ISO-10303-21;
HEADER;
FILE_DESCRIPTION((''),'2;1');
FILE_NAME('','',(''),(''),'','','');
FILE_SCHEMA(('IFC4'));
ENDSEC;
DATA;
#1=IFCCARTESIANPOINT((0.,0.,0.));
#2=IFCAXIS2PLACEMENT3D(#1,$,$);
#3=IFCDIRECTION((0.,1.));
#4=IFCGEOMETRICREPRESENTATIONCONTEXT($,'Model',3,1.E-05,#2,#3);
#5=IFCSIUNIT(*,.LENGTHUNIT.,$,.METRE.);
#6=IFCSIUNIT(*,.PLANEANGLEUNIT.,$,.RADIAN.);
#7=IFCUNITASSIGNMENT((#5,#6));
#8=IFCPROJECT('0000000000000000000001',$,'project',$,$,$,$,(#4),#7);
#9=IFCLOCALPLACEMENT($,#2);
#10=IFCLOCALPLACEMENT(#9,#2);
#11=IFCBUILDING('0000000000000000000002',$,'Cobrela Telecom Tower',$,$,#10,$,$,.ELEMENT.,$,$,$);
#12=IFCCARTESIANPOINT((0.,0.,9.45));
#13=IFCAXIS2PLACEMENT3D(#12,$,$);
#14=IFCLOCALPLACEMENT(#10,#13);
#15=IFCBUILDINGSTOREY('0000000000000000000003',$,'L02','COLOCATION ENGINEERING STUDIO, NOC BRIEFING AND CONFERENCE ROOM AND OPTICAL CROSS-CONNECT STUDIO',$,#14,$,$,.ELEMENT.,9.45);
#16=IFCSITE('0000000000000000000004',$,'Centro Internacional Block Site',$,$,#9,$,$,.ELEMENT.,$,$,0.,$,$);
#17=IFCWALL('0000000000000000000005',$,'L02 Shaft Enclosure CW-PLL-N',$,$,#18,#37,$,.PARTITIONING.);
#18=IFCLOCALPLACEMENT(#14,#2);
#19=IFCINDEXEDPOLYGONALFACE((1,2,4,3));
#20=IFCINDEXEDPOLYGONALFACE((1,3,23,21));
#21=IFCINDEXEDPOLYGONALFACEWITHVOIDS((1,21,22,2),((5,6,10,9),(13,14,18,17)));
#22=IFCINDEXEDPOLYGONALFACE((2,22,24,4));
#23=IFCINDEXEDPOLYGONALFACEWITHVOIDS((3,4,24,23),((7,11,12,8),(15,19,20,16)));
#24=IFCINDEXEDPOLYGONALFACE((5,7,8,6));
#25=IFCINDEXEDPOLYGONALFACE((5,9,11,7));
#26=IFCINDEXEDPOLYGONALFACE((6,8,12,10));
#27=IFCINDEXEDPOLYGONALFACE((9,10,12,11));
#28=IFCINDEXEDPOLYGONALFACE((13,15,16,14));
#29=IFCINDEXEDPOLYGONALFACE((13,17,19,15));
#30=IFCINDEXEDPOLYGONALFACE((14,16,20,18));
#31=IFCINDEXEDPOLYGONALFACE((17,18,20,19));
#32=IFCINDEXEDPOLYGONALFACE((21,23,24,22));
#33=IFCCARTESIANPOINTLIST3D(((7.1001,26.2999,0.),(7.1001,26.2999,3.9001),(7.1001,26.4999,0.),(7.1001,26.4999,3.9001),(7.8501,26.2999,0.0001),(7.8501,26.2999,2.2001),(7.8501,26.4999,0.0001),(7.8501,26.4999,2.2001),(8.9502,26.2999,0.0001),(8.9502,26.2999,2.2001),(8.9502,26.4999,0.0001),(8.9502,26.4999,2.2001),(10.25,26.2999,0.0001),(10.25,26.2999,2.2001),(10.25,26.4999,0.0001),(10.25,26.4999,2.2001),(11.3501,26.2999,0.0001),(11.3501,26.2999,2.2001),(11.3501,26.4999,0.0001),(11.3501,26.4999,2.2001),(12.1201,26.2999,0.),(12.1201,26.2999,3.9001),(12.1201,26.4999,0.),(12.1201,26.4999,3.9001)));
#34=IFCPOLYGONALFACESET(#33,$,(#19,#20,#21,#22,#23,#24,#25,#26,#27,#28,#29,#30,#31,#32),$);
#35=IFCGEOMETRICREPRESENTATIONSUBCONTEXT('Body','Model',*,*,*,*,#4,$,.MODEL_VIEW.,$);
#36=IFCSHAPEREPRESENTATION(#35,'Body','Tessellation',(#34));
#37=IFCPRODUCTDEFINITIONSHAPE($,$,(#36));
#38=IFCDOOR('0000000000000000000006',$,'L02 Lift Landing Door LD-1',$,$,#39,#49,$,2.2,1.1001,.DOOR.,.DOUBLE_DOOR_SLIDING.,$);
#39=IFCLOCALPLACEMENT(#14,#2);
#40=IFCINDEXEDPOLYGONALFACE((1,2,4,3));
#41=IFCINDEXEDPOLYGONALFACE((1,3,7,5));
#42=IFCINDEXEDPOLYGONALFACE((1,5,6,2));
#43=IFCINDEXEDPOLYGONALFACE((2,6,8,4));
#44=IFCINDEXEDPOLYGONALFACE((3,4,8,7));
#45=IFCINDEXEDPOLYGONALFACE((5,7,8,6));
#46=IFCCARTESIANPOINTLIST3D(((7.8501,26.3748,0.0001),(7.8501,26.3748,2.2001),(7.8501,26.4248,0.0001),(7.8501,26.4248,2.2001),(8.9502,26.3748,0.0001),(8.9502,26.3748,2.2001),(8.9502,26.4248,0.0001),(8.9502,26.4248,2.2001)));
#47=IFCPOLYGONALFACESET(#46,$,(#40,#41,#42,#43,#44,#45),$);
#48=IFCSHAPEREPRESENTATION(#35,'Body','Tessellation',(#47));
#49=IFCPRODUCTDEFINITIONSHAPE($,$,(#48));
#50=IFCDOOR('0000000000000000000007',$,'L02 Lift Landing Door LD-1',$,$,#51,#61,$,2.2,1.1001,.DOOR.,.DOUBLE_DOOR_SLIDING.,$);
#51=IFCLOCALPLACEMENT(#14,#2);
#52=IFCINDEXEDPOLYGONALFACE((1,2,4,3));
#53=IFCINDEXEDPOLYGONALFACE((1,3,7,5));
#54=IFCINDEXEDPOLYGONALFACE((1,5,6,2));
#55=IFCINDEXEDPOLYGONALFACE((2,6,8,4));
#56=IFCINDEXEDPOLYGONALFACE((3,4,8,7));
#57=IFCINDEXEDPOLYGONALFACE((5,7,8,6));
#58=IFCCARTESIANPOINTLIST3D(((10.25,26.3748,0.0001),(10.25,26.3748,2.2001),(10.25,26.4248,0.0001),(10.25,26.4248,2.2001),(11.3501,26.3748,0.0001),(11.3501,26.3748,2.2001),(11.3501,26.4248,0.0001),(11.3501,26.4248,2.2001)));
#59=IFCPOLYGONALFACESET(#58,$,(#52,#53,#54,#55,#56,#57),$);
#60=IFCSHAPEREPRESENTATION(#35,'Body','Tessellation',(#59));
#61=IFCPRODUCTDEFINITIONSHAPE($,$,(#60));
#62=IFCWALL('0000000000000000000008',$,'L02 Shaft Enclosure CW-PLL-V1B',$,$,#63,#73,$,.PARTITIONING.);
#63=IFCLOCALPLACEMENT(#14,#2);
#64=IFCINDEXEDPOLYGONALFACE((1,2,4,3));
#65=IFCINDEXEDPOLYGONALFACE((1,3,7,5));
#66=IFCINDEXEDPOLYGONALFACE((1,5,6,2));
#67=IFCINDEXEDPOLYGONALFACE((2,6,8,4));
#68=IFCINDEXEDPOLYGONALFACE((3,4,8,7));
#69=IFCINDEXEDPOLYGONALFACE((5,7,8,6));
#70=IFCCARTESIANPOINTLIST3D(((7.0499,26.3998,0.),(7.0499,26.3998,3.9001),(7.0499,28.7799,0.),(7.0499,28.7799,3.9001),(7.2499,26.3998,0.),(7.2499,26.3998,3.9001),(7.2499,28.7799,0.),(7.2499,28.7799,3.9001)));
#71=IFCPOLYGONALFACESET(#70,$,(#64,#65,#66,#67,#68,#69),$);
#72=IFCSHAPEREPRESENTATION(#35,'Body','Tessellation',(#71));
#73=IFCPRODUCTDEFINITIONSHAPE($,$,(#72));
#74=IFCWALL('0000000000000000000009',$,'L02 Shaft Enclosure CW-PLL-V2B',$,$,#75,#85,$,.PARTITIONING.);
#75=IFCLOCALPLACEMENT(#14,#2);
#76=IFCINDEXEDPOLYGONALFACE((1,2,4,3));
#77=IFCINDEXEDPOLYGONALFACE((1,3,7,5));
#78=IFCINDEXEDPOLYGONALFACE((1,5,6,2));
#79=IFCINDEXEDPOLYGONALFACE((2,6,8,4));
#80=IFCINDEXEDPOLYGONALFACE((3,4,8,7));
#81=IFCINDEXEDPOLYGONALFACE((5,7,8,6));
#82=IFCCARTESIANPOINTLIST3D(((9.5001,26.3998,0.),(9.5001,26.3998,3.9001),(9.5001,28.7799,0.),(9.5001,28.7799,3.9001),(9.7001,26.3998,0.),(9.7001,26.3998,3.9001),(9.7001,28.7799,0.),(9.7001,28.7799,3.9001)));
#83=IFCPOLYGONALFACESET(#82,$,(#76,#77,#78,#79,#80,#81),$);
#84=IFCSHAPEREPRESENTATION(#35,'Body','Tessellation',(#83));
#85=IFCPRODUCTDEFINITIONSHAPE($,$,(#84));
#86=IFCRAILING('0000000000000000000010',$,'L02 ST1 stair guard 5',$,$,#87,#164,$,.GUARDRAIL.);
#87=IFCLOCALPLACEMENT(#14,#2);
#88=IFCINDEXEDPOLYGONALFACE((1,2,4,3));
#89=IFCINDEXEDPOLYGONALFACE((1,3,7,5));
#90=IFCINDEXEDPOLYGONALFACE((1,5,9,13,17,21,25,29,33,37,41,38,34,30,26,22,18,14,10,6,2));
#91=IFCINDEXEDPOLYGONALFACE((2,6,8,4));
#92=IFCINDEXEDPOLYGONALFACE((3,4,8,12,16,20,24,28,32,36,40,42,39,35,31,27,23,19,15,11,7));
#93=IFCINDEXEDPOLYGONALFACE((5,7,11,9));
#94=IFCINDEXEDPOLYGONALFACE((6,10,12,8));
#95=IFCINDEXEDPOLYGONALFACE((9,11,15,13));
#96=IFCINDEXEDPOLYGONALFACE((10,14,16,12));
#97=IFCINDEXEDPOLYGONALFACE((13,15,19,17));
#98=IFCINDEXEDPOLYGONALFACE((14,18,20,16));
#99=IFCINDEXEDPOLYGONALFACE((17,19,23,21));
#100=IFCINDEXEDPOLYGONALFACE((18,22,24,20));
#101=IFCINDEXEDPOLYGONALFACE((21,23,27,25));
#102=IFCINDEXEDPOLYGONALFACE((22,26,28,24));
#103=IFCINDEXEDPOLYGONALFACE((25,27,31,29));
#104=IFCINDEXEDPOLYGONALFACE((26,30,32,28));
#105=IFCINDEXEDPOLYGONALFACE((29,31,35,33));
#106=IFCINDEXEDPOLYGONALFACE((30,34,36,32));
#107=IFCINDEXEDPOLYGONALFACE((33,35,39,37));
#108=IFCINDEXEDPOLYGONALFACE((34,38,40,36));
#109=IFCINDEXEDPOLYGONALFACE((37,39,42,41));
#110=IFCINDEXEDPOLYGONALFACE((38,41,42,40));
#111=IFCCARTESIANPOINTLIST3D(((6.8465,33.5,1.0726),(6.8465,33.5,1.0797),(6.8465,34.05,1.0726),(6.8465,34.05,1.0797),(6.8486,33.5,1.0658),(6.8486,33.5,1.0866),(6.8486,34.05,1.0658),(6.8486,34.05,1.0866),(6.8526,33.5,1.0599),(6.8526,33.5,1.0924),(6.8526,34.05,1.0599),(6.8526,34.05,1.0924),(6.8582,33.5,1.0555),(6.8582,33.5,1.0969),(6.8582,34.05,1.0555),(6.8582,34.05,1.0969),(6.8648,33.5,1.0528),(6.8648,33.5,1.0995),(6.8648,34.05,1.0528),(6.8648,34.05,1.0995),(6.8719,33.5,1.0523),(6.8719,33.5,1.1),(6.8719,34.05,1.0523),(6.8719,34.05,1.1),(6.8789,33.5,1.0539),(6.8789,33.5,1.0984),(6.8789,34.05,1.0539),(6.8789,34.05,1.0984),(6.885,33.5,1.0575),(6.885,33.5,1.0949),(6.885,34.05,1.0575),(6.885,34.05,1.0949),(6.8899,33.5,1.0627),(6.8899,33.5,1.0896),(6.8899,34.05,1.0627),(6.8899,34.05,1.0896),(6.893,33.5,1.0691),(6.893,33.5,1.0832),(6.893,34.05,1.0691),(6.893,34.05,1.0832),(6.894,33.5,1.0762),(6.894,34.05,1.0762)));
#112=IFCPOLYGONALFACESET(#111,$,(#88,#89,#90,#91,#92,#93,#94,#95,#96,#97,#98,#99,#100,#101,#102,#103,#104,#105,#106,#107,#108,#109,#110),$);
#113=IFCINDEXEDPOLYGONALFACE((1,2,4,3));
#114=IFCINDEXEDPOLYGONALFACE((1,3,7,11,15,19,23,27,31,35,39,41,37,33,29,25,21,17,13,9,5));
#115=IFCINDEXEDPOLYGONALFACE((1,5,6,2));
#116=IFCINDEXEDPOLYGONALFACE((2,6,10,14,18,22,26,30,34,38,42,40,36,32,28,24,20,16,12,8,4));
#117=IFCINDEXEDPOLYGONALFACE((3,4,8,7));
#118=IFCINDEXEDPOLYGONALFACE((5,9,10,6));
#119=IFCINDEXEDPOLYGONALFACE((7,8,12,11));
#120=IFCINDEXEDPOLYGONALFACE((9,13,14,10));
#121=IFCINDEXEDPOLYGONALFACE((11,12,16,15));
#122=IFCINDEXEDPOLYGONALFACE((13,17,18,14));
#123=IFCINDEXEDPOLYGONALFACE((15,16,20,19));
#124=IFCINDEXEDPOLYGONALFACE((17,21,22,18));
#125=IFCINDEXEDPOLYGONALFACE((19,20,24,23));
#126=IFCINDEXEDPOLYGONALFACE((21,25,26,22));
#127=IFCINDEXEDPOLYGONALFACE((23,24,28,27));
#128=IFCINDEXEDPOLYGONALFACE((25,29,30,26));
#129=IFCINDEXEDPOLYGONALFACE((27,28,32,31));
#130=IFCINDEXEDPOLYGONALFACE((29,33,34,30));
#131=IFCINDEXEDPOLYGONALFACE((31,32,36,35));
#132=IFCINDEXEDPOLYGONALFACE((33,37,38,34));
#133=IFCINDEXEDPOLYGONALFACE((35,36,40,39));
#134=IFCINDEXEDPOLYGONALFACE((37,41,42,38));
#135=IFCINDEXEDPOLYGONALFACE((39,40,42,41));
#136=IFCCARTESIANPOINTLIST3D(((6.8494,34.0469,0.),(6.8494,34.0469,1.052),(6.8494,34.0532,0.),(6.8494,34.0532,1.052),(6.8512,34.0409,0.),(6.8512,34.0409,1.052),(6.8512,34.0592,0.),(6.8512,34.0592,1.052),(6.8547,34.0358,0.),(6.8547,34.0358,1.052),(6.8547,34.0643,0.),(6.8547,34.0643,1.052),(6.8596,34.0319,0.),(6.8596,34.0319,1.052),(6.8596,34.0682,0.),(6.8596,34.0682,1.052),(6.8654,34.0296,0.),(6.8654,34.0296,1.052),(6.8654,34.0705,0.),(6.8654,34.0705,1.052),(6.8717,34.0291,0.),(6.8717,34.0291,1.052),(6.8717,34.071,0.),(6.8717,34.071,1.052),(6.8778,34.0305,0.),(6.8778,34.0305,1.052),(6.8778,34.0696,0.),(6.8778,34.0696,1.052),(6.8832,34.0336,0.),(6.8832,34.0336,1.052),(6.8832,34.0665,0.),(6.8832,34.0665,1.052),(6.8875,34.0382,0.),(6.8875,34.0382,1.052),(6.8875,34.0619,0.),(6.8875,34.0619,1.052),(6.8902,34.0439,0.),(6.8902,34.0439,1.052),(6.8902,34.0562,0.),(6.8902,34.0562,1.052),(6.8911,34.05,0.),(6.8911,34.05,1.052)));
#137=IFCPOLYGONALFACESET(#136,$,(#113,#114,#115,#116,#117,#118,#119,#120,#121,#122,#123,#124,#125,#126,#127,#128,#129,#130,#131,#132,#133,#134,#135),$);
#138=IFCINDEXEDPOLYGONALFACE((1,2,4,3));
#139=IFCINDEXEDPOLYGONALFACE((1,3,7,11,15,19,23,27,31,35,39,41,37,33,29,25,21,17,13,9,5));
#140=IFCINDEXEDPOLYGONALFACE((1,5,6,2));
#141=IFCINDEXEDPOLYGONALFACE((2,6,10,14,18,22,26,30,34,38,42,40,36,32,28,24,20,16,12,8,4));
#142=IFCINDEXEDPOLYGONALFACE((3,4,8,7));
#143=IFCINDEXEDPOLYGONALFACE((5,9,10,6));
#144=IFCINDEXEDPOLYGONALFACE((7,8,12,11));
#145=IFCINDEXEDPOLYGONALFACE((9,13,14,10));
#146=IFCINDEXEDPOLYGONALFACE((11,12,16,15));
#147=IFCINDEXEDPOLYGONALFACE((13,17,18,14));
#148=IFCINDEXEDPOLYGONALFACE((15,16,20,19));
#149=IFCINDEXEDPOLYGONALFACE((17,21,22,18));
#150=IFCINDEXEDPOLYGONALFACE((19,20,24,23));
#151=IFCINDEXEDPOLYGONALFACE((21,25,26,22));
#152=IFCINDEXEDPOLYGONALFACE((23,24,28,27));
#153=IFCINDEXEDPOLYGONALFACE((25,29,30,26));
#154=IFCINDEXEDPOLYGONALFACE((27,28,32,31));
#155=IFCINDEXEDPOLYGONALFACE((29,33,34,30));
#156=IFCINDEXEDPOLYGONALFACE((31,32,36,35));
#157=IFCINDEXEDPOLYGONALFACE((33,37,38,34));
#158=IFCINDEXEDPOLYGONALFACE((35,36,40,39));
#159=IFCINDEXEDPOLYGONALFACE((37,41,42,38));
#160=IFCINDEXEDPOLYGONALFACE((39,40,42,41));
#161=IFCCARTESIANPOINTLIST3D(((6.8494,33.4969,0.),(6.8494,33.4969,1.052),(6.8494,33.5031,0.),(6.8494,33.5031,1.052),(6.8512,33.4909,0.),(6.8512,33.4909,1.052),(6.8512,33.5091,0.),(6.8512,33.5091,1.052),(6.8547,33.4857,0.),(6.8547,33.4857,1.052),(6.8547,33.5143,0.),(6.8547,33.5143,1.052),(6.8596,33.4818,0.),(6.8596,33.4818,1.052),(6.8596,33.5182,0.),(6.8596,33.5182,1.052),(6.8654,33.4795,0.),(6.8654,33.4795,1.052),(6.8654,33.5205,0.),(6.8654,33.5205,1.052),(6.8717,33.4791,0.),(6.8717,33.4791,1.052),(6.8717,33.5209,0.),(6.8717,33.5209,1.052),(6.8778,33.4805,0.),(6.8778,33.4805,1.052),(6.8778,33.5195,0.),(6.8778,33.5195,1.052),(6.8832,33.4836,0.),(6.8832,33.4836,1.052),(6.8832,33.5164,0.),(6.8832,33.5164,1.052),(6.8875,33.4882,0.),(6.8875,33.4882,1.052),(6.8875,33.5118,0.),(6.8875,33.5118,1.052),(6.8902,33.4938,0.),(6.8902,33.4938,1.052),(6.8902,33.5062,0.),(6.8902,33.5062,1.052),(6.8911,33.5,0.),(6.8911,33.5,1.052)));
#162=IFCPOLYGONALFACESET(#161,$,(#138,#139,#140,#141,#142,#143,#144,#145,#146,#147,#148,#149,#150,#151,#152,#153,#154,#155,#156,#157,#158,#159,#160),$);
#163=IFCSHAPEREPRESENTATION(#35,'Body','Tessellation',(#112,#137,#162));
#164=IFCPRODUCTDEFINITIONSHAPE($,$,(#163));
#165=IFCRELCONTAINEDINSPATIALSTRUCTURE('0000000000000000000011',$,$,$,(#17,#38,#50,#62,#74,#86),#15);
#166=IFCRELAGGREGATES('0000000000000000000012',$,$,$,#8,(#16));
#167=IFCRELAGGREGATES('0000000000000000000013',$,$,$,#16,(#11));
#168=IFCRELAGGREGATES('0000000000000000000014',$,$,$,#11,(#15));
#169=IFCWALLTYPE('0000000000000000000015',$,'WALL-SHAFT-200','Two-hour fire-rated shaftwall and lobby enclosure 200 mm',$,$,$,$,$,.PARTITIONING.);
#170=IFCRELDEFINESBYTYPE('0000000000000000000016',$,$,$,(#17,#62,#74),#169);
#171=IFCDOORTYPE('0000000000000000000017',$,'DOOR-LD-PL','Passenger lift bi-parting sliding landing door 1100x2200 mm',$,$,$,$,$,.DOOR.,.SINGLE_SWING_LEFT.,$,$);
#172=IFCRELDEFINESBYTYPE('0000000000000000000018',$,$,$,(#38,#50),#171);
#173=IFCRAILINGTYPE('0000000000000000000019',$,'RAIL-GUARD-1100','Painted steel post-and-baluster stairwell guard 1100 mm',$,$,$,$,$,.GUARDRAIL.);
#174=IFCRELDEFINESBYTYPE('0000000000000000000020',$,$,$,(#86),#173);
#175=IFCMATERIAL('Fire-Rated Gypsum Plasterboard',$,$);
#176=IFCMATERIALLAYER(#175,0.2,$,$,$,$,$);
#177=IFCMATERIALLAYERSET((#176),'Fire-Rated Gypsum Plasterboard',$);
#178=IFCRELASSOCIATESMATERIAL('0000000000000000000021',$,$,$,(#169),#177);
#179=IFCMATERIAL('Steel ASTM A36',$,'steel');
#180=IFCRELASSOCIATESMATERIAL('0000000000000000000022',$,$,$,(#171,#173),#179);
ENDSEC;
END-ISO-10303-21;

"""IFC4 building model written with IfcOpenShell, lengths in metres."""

from ifc_helpers import new_model, si_unit, direction, frame, frame_2d, origin, origin_2d, place, context, subcontext, project, spatial, rectangle, circle, extrude, material, layer, layer_set, type_object, element, fill, save


model = new_model("IFC4")

# Units and contexts
model_context = context("Model", 3, precision=1e-05, world=origin(), true_north=direction((0.0, 1.0)))
body_context = subcontext(model_context, "Body", "Model", "MODEL_VIEW")
ifc_project = project(units=[si_unit("LENGTHUNIT", "METRE"), si_unit("PLANEANGLEUNIT", "RADIAN")], contexts=[model_context])

# Site, building, storey
site_placement = place(None, origin())
site = spatial("IfcSite", under=ifc_project, at=site_placement, Name="Centro Internacional Block Site", CompositionType="ELEMENT", RefElevation=0.0)
building_placement = place(site_placement, origin())
building = spatial("IfcBuilding", under=site, at=building_placement, Name="Cobrela Telecom Tower", CompositionType="ELEMENT")
storey_placement = place(building_placement, frame((0.0, 0.0, 9.45)))
storey = spatial("IfcBuildingStorey", under=building, at=storey_placement, Name="L02", Description="COLOCATION ENGINEERING STUDIO, NOC BRIEFING AND CONFERENCE ROOM AND OPTICAL CROSS-CONNECT STUDIO", CompositionType="ELEMENT", Elevation=9.45)

# Shared definitions
ifc_material_1 = material(Name="Steel ASTM A36", Category="steel")
ifc_material_2 = material(Name="Fire-Rated Gypsum Plasterboard")
ifc_layer_1 = layer(ifc_material_2, 0.2)
ifc_layer_set_1 = layer_set([ifc_layer_1], Name="Fire-Rated Gypsum Plasterboard")
wall_type_1 = type_object("IfcWallType", Name="WALL-SHAFT-200", Description="Two-hour fire-rated shaftwall and lobby enclosure 200 mm", PredefinedType="PARTITIONING", material=ifc_layer_set_1)

# Wall, openings, doors
door_type_1 = type_object("IfcDoorType", Name="DOOR-LD-PL", Description="Passenger lift bi-parting sliding landing door 1100x2200 mm", OperationType="SINGLE_SWING_LEFT", PredefinedType="DOOR", material=ifc_material_1)
wall_1_placement = place(storey_placement, frame((7.1001, 26.3999, 0.0), z_axis=(0.0, 0.0, 1.0), x_axis=(1.0, 0.0, 0.0)))
wall_1 = element("IfcWall", 1, at=wall_1_placement, inside=storey, type_object=wall_type_1, Name="L02 Shaft Enclosure CW-PLL-N", PredefinedType="PARTITIONING", context=body_context, shape_type="SweptSolid", body=[
    extrude(rectangle(XDim=5.02, YDim=0.2, at=frame_2d((2.51, 0.0))), origin(), (0.0, 0.0, 1.0), 3.9001),
])
opening_1_placement = place(wall_1_placement, frame((0.75, 0.0, 0.0)))
opening_1 = element("IfcOpeningElement", 2, at=opening_1_placement, cuts=wall_1, PredefinedType="OPENING", context=body_context, shape_type="SweptSolid", body=[
    extrude(rectangle(XDim=1.1001, YDim=2.2, at=frame_2d((0.55, 1.1001))), frame((0.0, 0.1118, 0.0), z_axis=(0.0, -1.0, 0.0), x_axis=(1.0, 0.0, 0.0)), (0.0, 0.0, 1.0), 0.2239),
])
opening_2_placement = place(wall_1_placement, frame((3.1499, 0.0, 0.0)))
opening_2 = element("IfcOpeningElement", 3, at=opening_2_placement, cuts=wall_1, PredefinedType="OPENING", context=body_context, shape_type="SweptSolid", body=[
    extrude(rectangle(XDim=1.1001, YDim=2.2, at=frame_2d((0.55, 1.1001))), frame((0.0, 0.1118, 0.0), z_axis=(0.0, -1.0, 0.0), x_axis=(1.0, 0.0, 0.0)), (0.0, 0.0, 1.0), 0.2239),
])
door_1_placement = place(opening_1_placement, origin())
door_1 = element("IfcDoor", 4, at=door_1_placement, inside=storey, type_object=door_type_1, Name="L02 Lift Landing Door LD-1", OperationType="DOUBLE_DOOR_SLIDING", OverallHeight=2.2, OverallWidth=1.1001, PredefinedType="DOOR", context=body_context, shape_type="SweptSolid", body=[
    extrude(rectangle(XDim=1.1001, YDim=2.2, at=frame_2d((0.55, 1.1001))), frame((0.0, 0.0249, 0.0), z_axis=(0.0, -1.0, 0.0), x_axis=(1.0, 0.0, 0.0)), (0.0, 0.0, 1.0), 0.05),
])
fill(opening_1, door_1)
door_2_placement = place(opening_2_placement, origin())
door_2 = element("IfcDoor", 5, at=door_2_placement, inside=storey, type_object=door_type_1, Name="L02 Lift Landing Door LD-1", OperationType="DOUBLE_DOOR_SLIDING", OverallHeight=2.2, OverallWidth=1.1001, PredefinedType="DOOR", context=body_context, shape_type="SweptSolid", body=[
    extrude(rectangle(XDim=1.1001, YDim=2.2, at=frame_2d((0.55, 1.1001))), frame((0.0, 0.0249, 0.0), z_axis=(0.0, -1.0, 0.0), x_axis=(1.0, 0.0, 0.0)), (0.0, 0.0, 1.0), 0.05),
])
fill(opening_2, door_2)

# Walls
for number, where, z_axis, x_axis, name in (
    (6, (7.1499, 26.3999, 0.0), (0.0, 0.0, 1.0), (0.0, 1.0, 0.0), "L02 Shaft Enclosure CW-PLL-V1B"),
    (7, (9.6001, 26.3999, 0.0), (0.0, 0.0, 1.0), (0.0, 1.0, 0.0), "L02 Shaft Enclosure CW-PLL-V2B"),
):
    element("IfcWall", number, at=place(storey_placement, frame(where, z_axis=z_axis, x_axis=x_axis)), inside=storey, type_object=wall_type_1, Name=name, PredefinedType="PARTITIONING", context=body_context, shape_type="SweptSolid", body=[
        extrude(rectangle(XDim=2.3801, YDim=0.2, at=frame_2d((1.1899, 0.0))), origin(), (0.0, 0.0, 1.0), 3.9001),
    ])

# Railing
railing_type_1 = type_object("IfcRailingType", Name="RAIL-GUARD-1100", Description="Painted steel post-and-baluster stairwell guard 1100 mm", PredefinedType="GUARDRAIL", material=ifc_material_1)
railing_1_placement = place(storey_placement, frame((6.8701, 34.05, 0.0)))
element("IfcRailing", 8, at=railing_1_placement, inside=storey, type_object=railing_type_1, Name="L02 ST1 stair guard 5", PredefinedType="GUARDRAIL", context=body_context, shape_type="SweptSolid", body=[
    extrude(circle(Radius=0.0239, at=origin_2d()), frame((0.0, 0.0, 1.0762), z_axis=(0.0, -1.0, 0.0), x_axis=(1.0, 0.0, 0.0)), (0.0, 0.0, 1.0), 0.55),
    extrude(circle(Radius=0.021, at=origin_2d()), origin(), (0.0, 0.0, 1.0), 1.052),
    extrude(circle(Radius=0.021, at=origin_2d()), frame((0.0, -0.55, 0.0)), (0.0, 0.0, 1.0), 1.052),
])

save(model, "model.ifc")
